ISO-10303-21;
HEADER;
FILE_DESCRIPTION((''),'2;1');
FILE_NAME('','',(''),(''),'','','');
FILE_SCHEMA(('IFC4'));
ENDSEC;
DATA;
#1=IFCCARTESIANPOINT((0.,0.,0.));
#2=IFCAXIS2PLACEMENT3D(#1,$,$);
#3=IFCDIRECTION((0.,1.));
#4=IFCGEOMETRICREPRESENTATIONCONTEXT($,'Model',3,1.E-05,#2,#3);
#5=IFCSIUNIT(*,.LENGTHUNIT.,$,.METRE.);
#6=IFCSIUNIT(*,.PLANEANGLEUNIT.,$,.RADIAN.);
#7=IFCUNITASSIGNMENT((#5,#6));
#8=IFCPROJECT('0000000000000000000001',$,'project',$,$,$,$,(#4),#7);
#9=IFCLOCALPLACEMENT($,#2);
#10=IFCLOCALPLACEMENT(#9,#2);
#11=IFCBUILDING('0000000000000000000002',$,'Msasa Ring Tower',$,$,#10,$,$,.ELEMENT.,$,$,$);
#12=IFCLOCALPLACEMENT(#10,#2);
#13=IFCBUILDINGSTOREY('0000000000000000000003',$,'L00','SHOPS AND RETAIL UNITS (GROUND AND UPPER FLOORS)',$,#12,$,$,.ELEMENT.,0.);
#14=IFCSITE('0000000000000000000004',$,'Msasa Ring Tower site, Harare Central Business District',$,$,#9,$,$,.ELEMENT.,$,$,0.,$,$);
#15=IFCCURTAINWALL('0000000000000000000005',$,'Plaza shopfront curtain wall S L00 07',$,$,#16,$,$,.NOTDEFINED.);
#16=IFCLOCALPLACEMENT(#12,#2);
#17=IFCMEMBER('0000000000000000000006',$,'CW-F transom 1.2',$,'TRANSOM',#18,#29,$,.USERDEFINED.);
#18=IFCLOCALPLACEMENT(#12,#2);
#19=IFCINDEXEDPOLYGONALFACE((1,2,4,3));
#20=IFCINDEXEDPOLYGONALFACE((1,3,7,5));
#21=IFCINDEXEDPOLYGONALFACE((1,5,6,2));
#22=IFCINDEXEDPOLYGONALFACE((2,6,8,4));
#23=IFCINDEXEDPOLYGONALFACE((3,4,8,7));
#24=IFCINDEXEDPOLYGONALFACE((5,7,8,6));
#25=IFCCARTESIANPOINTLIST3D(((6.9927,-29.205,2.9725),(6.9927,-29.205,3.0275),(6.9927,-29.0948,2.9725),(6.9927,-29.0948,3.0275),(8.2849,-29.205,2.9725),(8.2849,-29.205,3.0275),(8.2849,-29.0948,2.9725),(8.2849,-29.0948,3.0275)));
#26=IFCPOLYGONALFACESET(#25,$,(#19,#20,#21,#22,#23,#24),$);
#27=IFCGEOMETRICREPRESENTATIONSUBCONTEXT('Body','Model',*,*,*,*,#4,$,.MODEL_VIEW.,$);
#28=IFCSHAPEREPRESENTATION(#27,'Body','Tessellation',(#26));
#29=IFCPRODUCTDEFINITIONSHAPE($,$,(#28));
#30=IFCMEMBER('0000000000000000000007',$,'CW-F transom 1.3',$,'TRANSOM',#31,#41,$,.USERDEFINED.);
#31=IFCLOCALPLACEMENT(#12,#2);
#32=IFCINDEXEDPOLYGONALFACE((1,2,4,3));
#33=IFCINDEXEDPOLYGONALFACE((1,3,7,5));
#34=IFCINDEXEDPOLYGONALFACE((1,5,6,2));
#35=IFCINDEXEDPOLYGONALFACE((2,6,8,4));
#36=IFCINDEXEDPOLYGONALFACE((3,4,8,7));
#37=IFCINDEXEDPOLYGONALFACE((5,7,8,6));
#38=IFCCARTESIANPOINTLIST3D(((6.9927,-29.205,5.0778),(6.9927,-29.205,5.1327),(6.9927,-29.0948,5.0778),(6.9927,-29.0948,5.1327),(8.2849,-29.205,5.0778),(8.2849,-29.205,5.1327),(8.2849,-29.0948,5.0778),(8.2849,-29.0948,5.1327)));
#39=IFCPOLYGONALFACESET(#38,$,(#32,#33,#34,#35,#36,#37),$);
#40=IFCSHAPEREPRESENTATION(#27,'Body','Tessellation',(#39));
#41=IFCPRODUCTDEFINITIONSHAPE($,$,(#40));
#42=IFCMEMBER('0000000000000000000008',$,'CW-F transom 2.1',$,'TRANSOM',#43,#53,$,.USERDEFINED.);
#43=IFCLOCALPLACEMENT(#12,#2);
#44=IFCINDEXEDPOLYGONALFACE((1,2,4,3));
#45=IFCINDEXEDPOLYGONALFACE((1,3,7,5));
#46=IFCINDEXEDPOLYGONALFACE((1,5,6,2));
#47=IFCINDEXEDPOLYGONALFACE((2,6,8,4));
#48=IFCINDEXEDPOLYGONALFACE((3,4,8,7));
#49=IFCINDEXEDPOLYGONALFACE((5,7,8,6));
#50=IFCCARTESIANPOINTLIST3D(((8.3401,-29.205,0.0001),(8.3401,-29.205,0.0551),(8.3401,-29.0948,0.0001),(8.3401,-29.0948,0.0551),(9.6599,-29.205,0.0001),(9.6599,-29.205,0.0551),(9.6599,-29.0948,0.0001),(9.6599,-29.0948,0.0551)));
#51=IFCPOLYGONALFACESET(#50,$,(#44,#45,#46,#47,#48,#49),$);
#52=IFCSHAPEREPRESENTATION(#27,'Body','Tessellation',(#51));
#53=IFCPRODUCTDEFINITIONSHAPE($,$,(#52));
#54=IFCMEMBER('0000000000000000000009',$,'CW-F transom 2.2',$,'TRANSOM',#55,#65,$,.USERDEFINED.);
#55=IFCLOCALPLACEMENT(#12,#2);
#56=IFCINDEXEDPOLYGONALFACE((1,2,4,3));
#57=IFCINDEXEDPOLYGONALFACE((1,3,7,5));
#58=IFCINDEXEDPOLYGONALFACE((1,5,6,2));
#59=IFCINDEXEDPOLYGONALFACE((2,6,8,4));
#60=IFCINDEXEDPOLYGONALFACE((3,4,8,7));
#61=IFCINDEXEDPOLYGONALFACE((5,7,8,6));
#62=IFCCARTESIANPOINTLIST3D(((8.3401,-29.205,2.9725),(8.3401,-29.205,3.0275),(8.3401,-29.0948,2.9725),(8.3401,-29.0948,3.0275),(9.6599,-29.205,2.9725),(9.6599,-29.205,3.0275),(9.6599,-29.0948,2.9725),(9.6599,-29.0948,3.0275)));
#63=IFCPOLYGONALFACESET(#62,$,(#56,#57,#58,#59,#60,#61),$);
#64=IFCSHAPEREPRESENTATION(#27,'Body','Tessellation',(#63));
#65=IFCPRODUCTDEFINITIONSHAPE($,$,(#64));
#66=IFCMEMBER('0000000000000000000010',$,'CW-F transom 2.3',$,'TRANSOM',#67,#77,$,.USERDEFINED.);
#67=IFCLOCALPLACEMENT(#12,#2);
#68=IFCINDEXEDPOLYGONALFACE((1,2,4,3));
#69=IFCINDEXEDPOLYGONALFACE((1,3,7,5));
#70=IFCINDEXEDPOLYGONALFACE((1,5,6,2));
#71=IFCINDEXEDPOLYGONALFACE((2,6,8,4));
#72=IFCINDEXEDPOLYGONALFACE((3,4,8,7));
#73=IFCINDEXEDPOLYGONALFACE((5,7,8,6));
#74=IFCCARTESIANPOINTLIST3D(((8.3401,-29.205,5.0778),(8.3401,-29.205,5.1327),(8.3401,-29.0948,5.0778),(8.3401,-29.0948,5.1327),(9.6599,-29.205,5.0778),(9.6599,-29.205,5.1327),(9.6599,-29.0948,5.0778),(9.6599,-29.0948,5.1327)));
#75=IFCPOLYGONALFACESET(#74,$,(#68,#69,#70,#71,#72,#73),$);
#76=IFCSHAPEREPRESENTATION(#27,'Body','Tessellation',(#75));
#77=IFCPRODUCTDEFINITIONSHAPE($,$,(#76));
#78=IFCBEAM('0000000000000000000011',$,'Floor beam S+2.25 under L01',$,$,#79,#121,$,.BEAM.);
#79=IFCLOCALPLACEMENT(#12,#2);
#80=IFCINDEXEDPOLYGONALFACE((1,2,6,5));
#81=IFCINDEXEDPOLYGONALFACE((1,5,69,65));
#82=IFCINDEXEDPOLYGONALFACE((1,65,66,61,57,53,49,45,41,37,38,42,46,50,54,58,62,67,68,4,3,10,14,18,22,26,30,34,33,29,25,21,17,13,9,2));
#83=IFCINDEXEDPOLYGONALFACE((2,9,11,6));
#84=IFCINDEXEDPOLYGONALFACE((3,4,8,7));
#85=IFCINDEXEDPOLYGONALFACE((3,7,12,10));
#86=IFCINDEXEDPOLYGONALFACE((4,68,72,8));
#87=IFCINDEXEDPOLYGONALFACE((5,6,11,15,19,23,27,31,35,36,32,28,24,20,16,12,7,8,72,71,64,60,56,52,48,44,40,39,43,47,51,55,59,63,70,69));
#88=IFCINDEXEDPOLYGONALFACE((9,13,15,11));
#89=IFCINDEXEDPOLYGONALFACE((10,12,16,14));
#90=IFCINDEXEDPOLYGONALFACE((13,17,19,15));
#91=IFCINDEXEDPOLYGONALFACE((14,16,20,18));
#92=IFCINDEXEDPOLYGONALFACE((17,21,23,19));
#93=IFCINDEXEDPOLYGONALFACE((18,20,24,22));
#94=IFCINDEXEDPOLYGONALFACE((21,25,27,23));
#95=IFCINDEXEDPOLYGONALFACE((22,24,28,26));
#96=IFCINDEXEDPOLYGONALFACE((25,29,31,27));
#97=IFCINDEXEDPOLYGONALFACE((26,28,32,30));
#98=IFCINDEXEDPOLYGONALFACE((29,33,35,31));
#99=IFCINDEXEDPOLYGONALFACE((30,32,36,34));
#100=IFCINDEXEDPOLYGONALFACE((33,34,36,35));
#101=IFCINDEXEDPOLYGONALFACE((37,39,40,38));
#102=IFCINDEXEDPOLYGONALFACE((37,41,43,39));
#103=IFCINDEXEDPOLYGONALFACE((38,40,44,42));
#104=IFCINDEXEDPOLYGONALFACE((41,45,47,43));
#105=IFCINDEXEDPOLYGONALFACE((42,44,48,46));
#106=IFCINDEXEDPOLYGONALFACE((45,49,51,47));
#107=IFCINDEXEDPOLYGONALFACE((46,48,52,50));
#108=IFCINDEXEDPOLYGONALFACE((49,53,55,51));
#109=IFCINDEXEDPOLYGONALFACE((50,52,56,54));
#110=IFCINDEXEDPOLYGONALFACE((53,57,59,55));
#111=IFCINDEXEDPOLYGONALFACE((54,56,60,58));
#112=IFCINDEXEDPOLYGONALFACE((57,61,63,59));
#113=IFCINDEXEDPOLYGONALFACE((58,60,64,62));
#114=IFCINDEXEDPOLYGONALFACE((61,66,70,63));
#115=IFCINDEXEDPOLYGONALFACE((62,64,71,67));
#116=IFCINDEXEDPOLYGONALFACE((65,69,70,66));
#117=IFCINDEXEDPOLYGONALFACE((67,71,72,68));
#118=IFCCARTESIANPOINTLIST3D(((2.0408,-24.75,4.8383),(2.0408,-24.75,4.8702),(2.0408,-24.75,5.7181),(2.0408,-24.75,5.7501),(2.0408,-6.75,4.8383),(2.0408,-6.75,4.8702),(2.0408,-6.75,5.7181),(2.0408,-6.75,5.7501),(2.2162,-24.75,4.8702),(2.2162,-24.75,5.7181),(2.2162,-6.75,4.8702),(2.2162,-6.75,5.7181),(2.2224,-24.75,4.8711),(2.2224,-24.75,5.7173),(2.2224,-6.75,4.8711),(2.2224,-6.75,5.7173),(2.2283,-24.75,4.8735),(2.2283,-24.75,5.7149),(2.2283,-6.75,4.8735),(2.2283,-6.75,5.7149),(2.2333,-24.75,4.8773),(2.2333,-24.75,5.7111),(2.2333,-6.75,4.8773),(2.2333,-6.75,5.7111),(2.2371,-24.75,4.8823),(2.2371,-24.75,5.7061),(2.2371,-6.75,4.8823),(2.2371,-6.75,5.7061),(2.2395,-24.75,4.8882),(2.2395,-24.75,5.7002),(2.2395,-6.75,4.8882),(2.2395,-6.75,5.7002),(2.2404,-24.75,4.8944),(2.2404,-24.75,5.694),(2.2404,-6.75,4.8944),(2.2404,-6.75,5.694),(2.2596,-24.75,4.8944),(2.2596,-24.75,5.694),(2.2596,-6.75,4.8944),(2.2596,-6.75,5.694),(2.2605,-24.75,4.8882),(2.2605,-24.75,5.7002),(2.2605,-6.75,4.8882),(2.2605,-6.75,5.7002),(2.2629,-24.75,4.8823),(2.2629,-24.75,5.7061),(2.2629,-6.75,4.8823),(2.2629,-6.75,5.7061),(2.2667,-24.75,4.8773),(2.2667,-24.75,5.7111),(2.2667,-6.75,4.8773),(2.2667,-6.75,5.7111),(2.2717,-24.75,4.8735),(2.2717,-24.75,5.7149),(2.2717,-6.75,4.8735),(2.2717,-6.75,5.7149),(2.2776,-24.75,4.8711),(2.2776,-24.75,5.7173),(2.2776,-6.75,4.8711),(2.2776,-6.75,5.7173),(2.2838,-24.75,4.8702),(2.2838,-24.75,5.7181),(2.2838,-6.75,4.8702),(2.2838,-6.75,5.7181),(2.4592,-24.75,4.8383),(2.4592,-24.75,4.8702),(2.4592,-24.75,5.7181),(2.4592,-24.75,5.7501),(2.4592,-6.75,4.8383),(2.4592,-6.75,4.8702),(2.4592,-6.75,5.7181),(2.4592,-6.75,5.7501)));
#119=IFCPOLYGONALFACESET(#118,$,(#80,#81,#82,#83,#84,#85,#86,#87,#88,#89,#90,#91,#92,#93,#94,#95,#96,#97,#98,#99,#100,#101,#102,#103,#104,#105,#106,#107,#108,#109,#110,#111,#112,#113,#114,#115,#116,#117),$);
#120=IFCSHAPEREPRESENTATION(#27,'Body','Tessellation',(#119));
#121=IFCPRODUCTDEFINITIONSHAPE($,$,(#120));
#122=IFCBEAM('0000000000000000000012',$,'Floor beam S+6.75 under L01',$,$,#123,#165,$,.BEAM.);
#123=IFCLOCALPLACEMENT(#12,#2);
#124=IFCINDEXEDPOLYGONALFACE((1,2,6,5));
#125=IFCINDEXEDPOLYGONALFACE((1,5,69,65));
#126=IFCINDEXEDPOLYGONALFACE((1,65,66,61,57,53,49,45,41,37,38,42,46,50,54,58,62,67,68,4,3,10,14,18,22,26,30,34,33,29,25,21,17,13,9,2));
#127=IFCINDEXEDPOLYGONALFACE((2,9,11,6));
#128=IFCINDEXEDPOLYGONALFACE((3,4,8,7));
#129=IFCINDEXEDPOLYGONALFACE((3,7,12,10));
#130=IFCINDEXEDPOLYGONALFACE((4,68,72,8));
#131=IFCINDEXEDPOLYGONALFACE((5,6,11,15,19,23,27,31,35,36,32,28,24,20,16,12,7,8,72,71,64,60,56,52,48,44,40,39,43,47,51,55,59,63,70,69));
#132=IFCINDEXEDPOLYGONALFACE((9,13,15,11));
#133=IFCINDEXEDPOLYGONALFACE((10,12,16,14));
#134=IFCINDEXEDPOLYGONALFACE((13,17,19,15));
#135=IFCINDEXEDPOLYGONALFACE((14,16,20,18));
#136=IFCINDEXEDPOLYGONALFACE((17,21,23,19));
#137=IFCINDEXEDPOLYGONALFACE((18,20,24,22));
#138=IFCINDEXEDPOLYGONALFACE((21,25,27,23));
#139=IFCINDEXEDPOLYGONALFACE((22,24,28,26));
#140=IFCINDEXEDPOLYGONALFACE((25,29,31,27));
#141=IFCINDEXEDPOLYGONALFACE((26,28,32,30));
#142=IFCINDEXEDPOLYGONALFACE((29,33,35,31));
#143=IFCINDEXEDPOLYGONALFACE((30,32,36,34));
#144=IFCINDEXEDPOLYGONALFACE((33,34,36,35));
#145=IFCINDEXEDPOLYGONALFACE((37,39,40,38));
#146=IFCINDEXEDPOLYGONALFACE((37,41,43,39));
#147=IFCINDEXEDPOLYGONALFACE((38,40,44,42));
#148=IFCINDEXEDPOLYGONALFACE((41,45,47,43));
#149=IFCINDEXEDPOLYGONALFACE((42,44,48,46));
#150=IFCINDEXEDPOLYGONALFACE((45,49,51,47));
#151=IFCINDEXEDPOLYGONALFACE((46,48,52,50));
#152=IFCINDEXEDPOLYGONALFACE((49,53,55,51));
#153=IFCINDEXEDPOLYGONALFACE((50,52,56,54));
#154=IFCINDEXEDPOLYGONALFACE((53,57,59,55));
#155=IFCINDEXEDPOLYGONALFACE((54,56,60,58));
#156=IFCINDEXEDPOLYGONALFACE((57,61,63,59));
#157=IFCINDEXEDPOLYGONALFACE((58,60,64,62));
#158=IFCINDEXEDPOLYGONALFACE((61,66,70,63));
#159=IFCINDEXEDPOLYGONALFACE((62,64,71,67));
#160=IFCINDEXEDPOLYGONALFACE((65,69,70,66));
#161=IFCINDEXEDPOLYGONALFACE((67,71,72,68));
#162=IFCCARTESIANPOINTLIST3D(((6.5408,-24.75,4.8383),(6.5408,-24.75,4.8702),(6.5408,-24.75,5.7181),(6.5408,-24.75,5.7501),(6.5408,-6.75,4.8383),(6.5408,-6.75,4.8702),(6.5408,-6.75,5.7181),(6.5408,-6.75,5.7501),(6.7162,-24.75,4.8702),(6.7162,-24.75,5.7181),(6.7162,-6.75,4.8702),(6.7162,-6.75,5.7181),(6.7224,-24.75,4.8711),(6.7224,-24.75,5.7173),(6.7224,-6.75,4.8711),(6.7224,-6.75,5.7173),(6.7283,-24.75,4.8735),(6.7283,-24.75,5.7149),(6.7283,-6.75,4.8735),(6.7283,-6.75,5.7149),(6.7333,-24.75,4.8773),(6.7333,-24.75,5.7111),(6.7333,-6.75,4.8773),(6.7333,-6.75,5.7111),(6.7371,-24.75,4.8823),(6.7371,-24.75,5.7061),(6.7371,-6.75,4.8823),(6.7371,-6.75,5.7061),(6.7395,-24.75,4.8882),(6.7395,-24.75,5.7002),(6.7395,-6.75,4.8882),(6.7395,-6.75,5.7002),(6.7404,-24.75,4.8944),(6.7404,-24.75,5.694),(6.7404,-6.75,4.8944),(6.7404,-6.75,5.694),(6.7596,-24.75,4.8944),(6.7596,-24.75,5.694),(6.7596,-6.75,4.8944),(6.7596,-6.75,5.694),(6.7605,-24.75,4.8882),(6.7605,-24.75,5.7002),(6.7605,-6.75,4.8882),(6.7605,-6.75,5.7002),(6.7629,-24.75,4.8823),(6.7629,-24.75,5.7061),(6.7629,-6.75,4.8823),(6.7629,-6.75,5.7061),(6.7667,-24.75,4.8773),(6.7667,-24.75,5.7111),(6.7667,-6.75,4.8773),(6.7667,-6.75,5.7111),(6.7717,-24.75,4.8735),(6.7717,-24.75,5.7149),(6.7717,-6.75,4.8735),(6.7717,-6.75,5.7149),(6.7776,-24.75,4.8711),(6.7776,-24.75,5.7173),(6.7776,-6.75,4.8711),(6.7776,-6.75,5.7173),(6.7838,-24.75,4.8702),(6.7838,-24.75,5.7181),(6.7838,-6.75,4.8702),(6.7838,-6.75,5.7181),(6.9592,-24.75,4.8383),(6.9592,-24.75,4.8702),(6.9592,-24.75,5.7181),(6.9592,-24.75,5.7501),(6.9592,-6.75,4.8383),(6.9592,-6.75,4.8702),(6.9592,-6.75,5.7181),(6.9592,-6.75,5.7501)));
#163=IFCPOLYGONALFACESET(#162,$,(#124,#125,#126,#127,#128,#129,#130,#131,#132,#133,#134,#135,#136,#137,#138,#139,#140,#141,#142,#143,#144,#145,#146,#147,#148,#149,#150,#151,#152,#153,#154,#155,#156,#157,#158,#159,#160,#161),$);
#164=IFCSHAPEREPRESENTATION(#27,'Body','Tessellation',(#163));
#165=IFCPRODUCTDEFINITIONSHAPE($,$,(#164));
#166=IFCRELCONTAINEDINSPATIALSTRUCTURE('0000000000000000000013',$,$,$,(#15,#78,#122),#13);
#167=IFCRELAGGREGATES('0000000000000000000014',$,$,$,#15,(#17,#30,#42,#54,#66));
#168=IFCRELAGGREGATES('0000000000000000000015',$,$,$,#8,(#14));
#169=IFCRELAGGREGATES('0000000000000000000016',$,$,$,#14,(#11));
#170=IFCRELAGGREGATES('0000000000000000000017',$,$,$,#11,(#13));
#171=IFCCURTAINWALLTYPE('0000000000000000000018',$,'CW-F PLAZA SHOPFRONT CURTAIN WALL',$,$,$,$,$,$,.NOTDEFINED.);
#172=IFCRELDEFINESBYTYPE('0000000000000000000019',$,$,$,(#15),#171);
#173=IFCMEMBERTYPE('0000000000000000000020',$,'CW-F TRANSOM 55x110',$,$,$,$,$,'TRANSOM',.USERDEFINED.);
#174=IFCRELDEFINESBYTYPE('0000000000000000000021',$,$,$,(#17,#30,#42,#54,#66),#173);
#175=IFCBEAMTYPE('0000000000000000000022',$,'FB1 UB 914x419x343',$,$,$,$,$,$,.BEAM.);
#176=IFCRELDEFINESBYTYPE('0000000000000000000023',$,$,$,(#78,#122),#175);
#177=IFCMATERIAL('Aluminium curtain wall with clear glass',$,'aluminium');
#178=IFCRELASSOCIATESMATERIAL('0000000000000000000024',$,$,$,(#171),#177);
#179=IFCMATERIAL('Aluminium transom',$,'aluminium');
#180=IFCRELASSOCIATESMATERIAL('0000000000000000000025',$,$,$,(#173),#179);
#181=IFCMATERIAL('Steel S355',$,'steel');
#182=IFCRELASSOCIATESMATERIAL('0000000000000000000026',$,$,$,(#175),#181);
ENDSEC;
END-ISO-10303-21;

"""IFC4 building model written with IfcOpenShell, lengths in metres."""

from ifc_helpers import new_model, si_unit, direction, frame, origin, origin_2d, place, context, subcontext, project, spatial, rectangle, i_section, extrude, material, material_profile, profile_set, type_object, element, aggregate, save


model = new_model("IFC4")

# Units and contexts
model_context = context("Model", 3, precision=1e-05, world=origin(), true_north=direction((0.0, 1.0)))
body_context = subcontext(model_context, "Body", "Model", "MODEL_VIEW")
ifc_project = project(units=[si_unit("LENGTHUNIT", "METRE"), si_unit("PLANEANGLEUNIT", "RADIAN")], contexts=[model_context])

# Site, building, storey
site_placement = place(None, origin())
site = spatial("IfcSite", under=ifc_project, at=site_placement, Name="Msasa Ring Tower site, Harare Central Business District", CompositionType="ELEMENT", RefElevation=0.0)
building_placement = place(site_placement, origin())
building = spatial("IfcBuilding", under=site, at=building_placement, Name="Msasa Ring Tower", CompositionType="ELEMENT")
storey_placement = place(building_placement, origin())
storey = spatial("IfcBuildingStorey", under=building, at=storey_placement, Name="L00", Description="SHOPS AND RETAIL UNITS (GROUND AND UPPER FLOORS)", CompositionType="ELEMENT", Elevation=0.0)

# Curtain wall, members
ifc_material_1 = material(Name="Aluminium curtain wall with clear glass", Category="aluminium")
curtain_wall_type = type_object("IfcCurtainWallType", Name="CW-F PLAZA SHOPFRONT CURTAIN WALL", PredefinedType="NOTDEFINED", material=ifc_material_1)
curtain_wall_placement = place(storey_placement, origin())
curtain_wall = element("IfcCurtainWall", 1, at=curtain_wall_placement, inside=storey, type_object=curtain_wall_type, Name="Plaza shopfront curtain wall S L00 07", PredefinedType="NOTDEFINED")
ifc_material_2 = material(Name="Aluminium transom", Category="aluminium")
ifc_material_profile_1 = material_profile(ifc_material_2, rectangle(XDim=0.1101, YDim=0.0549, at=origin_2d()), Name="AL 55x110")
ifc_profile_set_1 = profile_set([ifc_material_profile_1], Name="Aluminium transom")
member_type_1 = type_object("IfcMemberType", Name="CW-F TRANSOM 55x110", ElementType="TRANSOM", PredefinedType="USERDEFINED", material=ifc_profile_set_1)
member_1_placement = place(storey_placement, frame((6.9927, -29.1499, 3.0), z_axis=(1.0, 0.0, 0.0), x_axis=(0.0, 1.0, 0.0)))
member_1 = element("IfcMember", 2, at=member_1_placement, type_object=member_type_1, Name="CW-F transom 1.2", ObjectType="TRANSOM", PredefinedType="USERDEFINED", context=body_context, shape_type="SweptSolid", body=[
    extrude(rectangle(XDim=0.1101, YDim=0.0549, at=origin_2d()), origin(), (0.0, 0.0, 1.0), 1.2922),
])
member_2_placement = place(storey_placement, frame((6.9927, -29.1499, 5.1052), z_axis=(1.0, 0.0, 0.0), x_axis=(0.0, 1.0, 0.0)))
member_2 = element("IfcMember", 3, at=member_2_placement, type_object=member_type_1, Name="CW-F transom 1.3", ObjectType="TRANSOM", PredefinedType="USERDEFINED", context=body_context, shape_type="SweptSolid", body=[
    extrude(rectangle(XDim=0.1101, YDim=0.0549, at=origin_2d()), origin(), (0.0, 0.0, 1.0), 1.2922),
])
member_3_placement = place(storey_placement, frame((8.3401, -29.1499, 0.0276), z_axis=(1.0, 0.0, 0.0), x_axis=(0.0, 1.0, 0.0)))
member_3 = element("IfcMember", 4, at=member_3_placement, type_object=member_type_1, Name="CW-F transom 2.1", ObjectType="TRANSOM", PredefinedType="USERDEFINED", context=body_context, shape_type="SweptSolid", body=[
    extrude(rectangle(XDim=0.1101, YDim=0.0549, at=origin_2d()), origin(), (0.0, 0.0, 1.0), 1.3198),
])
member_4_placement = place(storey_placement, frame((8.3401, -29.1499, 3.0), z_axis=(1.0, 0.0, 0.0), x_axis=(0.0, 1.0, 0.0)))
member_4 = element("IfcMember", 5, at=member_4_placement, type_object=member_type_1, Name="CW-F transom 2.2", ObjectType="TRANSOM", PredefinedType="USERDEFINED", context=body_context, shape_type="SweptSolid", body=[
    extrude(rectangle(XDim=0.1101, YDim=0.0549, at=origin_2d()), origin(), (0.0, 0.0, 1.0), 1.3198),
])
member_5_placement = place(storey_placement, frame((8.3401, -29.1499, 5.1052), z_axis=(1.0, 0.0, 0.0), x_axis=(0.0, 1.0, 0.0)))
member_5 = element("IfcMember", 6, at=member_5_placement, type_object=member_type_1, Name="CW-F transom 2.3", ObjectType="TRANSOM", PredefinedType="USERDEFINED", context=body_context, shape_type="SweptSolid", body=[
    extrude(rectangle(XDim=0.1101, YDim=0.0549, at=origin_2d()), origin(), (0.0, 0.0, 1.0), 1.3198),
])

# Beams
ifc_material_3 = material(Name="Steel S355", Category="steel")
ifc_material_profile_2 = material_profile(ifc_material_3, i_section(OverallWidth=0.4185, OverallDepth=0.9119, WebThickness=0.0193, FlangeThickness=0.032, FilletRadius=0.0242, at=origin_2d()), Name="UB 914x419x343")
ifc_profile_set_2 = profile_set([ifc_material_profile_2], Name="Steel S355")
beam_type_1 = type_object("IfcBeamType", Name="FB1 UB 914x419x343", PredefinedType="BEAM", material=ifc_profile_set_2)
for number, where, z_axis, x_axis, name in (
    (7, (2.25, -24.75, 5.2942), (0.0, 1.0, 0.0), (-1.0, 0.0, 0.0), "Floor beam S+2.25 under L01"),
    (8, (6.75, -24.75, 5.2942), (0.0, 1.0, 0.0), (-1.0, 0.0, 0.0), "Floor beam S+6.75 under L01"),
):
    element("IfcBeam", number, at=place(storey_placement, frame(where, z_axis=z_axis, x_axis=x_axis)), inside=storey, type_object=beam_type_1, Name=name, PredefinedType="BEAM", context=body_context, shape_type="SweptSolid", body=[
        extrude(i_section(OverallWidth=0.4185, OverallDepth=0.9119, WebThickness=0.0193, FlangeThickness=0.032, FilletRadius=0.0242, at=origin_2d()), origin(), (0.0, 0.0, 1.0), 18.0),
    ])

aggregate(curtain_wall, [member_1, member_2, member_3, member_4, member_5])

save(model, "model.ifc")
